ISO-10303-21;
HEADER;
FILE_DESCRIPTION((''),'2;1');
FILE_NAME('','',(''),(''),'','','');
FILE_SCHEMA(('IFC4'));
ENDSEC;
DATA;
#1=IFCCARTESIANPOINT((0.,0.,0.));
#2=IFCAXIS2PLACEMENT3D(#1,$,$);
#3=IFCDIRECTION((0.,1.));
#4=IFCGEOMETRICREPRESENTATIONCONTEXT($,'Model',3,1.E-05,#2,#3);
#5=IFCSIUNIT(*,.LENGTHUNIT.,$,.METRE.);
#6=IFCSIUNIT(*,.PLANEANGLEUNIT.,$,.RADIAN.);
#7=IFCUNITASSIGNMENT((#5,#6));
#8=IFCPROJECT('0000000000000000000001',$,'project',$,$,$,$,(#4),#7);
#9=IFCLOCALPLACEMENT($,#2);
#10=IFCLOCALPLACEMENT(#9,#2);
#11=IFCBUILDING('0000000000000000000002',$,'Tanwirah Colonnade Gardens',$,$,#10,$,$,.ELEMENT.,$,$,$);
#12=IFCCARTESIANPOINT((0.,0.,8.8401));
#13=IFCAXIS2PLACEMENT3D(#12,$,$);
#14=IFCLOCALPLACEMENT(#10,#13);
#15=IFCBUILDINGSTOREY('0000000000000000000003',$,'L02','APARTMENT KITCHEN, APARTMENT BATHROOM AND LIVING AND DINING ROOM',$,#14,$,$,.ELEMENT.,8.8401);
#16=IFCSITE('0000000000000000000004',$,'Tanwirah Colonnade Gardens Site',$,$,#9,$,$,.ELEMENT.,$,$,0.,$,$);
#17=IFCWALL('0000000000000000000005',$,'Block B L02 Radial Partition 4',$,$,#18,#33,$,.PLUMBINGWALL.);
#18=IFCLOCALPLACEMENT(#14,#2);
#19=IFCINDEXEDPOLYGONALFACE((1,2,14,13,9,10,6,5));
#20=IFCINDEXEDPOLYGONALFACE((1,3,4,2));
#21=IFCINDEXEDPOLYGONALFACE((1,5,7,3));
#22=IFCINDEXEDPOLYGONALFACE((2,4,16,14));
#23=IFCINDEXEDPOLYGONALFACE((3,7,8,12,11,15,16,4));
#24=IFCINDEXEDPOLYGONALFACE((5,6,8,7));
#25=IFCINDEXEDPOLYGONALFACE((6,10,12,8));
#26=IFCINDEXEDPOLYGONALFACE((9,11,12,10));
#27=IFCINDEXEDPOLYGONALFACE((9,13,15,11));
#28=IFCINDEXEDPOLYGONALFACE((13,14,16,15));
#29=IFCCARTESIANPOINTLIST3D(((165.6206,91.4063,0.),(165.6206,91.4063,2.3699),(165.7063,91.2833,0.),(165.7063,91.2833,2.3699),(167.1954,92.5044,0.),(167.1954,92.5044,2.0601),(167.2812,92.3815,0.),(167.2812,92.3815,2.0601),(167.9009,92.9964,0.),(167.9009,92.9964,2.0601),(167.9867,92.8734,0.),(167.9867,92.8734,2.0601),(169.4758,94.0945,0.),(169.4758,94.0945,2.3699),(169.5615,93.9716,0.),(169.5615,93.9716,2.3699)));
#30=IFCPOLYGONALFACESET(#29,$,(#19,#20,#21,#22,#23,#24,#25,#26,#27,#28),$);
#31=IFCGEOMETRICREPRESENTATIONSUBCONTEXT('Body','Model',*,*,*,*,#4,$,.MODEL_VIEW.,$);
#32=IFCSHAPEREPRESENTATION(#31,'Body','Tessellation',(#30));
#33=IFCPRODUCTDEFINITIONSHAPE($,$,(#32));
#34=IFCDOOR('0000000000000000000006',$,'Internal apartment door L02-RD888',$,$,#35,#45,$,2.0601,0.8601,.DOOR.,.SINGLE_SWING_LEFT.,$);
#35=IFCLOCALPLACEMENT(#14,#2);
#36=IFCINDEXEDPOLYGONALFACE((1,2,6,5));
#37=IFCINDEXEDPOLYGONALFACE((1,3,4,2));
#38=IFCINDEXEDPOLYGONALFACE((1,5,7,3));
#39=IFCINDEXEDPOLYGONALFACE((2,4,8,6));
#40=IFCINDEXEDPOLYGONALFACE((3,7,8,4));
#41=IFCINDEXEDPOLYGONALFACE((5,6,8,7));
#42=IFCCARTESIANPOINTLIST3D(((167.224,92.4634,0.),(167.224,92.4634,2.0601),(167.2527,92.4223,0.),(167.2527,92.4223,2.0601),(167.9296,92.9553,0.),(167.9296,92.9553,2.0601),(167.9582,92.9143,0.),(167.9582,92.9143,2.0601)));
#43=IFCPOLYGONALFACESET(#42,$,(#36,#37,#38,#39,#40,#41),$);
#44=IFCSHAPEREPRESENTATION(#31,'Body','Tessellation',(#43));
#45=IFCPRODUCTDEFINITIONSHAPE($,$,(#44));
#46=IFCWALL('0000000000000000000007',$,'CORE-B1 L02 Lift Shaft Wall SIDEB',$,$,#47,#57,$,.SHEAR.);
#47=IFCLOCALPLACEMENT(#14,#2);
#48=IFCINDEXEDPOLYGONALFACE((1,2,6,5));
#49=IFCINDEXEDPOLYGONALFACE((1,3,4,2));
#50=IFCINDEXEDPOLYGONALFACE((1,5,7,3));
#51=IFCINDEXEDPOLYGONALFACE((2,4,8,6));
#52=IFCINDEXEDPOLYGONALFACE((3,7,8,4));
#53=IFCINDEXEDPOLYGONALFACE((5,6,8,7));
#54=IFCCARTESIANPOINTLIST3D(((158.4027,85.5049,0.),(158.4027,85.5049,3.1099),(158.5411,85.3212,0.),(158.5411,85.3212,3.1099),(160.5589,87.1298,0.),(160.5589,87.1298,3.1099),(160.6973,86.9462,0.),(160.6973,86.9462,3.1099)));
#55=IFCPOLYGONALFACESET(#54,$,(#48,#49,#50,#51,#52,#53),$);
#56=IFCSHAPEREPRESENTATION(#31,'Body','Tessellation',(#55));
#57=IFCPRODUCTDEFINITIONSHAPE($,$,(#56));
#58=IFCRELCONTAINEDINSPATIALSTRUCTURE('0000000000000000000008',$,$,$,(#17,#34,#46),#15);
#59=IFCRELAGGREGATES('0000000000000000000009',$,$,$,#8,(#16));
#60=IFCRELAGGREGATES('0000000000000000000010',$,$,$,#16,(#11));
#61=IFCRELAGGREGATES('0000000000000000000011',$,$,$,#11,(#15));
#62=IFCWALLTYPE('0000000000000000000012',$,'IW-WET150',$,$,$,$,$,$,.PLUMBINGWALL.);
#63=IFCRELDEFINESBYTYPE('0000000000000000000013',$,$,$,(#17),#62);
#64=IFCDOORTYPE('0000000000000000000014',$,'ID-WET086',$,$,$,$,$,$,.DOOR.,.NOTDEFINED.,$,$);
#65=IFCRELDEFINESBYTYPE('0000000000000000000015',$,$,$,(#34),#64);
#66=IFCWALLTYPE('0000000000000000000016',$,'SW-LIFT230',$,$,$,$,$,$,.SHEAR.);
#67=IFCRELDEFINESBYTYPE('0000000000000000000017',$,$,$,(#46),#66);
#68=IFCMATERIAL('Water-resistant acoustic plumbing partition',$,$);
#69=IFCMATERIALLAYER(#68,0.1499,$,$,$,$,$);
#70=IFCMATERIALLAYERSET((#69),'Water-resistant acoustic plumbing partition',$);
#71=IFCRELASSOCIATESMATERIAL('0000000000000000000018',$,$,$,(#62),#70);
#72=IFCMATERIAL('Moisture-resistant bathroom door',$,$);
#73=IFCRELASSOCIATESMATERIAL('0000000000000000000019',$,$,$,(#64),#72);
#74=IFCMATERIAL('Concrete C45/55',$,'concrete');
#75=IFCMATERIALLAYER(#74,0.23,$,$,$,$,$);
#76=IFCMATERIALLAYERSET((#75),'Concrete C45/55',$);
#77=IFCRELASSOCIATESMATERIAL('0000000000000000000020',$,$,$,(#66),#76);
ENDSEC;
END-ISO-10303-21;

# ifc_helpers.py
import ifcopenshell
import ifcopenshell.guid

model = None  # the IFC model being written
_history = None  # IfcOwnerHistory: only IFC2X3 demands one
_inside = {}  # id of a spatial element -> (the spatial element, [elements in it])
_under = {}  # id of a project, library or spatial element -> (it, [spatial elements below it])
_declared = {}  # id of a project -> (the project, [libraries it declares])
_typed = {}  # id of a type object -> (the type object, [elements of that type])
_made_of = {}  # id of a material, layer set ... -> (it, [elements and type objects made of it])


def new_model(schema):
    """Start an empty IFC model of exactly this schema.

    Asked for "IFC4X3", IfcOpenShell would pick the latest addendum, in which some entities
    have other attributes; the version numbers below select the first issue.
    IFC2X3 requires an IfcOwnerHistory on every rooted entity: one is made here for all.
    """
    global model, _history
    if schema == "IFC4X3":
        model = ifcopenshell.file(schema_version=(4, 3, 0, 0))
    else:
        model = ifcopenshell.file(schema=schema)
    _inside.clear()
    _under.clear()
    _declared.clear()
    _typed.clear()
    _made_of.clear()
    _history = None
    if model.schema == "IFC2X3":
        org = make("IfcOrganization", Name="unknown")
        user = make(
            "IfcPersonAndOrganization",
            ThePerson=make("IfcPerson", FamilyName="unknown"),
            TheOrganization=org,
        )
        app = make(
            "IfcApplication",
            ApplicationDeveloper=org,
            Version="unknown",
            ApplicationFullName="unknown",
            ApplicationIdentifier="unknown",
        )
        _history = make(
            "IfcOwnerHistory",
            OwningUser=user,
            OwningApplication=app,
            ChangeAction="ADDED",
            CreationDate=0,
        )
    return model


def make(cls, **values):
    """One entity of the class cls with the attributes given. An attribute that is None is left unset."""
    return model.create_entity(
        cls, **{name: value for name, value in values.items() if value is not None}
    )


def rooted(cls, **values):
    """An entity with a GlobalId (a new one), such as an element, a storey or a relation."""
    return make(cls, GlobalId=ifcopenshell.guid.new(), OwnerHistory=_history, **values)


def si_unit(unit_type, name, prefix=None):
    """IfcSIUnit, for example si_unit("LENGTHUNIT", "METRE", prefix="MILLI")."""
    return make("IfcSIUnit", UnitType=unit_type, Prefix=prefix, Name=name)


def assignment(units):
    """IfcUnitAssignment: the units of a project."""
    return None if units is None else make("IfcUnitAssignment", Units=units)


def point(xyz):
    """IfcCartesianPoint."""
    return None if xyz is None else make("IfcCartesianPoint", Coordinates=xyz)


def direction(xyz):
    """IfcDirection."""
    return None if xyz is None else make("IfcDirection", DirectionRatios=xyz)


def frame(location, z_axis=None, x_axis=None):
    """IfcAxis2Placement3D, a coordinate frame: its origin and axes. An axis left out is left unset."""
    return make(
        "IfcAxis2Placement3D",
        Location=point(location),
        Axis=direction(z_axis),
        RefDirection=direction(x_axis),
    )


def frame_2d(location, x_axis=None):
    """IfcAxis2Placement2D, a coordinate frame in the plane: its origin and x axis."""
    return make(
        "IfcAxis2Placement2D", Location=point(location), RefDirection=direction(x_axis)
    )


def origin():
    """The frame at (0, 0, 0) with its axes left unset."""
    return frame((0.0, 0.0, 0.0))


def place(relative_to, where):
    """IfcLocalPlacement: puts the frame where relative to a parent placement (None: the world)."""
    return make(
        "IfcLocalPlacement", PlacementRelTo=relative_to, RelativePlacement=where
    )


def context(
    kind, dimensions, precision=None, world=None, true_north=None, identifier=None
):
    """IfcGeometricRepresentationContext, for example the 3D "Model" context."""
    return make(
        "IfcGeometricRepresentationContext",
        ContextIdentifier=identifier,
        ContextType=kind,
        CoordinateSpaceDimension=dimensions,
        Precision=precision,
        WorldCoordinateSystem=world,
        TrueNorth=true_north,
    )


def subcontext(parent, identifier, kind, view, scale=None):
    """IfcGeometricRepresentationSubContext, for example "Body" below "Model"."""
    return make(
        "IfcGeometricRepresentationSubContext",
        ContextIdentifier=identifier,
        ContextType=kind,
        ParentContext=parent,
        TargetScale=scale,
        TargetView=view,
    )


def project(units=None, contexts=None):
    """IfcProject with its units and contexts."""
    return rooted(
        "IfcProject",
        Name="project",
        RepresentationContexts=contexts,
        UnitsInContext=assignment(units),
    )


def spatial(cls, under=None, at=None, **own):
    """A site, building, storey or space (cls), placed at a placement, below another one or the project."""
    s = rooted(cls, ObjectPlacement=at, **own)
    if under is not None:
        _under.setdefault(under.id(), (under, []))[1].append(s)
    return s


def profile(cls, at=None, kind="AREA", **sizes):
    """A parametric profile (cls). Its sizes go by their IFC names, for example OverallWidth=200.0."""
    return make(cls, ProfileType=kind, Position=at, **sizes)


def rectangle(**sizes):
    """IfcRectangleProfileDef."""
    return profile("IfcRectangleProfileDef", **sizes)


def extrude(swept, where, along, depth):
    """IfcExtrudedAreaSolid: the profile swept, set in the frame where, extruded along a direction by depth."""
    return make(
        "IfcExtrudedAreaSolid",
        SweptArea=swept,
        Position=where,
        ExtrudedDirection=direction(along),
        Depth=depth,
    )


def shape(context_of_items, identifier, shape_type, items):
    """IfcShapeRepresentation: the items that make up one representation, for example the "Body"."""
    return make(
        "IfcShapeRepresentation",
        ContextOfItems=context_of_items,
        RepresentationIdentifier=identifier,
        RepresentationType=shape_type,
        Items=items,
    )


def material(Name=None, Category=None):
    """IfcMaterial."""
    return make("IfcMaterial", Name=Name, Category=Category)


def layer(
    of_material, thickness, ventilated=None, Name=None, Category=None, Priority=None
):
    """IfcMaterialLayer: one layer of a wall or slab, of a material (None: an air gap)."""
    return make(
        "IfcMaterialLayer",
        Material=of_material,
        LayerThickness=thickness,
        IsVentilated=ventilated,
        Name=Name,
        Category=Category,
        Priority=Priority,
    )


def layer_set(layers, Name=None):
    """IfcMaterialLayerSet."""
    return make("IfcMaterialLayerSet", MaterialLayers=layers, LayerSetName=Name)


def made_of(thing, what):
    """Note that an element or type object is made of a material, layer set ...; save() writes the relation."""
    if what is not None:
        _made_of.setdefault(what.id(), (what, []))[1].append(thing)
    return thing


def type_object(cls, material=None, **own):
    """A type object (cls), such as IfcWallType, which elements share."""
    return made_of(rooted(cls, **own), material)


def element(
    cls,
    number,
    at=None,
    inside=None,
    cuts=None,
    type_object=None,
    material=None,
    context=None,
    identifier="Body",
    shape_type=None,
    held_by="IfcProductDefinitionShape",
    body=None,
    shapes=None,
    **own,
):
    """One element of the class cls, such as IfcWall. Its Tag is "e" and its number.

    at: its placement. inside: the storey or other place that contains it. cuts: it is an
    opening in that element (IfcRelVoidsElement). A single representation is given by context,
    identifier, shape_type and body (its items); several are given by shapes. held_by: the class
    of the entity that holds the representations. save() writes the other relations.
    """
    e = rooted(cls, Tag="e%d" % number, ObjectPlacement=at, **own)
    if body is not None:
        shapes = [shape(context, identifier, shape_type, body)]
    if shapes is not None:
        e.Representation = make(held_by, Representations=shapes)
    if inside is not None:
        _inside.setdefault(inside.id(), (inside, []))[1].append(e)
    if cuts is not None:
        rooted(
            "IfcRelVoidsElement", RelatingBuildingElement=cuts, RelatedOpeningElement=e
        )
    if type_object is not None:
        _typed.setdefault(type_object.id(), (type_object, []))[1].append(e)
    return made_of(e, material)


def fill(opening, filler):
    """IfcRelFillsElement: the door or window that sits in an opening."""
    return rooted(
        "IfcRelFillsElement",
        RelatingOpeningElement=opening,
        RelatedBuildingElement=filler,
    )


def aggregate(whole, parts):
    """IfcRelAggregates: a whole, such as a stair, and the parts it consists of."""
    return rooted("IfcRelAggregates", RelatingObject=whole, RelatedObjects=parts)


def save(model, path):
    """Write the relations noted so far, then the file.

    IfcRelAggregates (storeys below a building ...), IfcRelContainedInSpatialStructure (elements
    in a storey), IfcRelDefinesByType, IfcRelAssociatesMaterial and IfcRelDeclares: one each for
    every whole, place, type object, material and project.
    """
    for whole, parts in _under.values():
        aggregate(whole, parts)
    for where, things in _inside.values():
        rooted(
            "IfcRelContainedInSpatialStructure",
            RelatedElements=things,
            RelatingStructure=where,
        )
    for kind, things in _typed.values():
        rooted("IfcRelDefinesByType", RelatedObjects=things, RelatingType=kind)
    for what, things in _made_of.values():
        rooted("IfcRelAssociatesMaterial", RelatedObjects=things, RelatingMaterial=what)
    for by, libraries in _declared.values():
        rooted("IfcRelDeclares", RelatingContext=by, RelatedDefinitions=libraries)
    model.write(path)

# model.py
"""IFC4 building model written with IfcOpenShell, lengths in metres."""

from ifc_helpers import new_model, si_unit, direction, frame, frame_2d, origin, place, context, subcontext, project, spatial, rectangle, extrude, material, layer, layer_set, type_object, element, fill, save


model = new_model("IFC4")

# Units and contexts
model_context = context("Model", 3, precision=1e-05, world=origin(), true_north=direction((0.0, 1.0)))
body_context = subcontext(model_context, "Body", "Model", "MODEL_VIEW")
ifc_project = project(units=[si_unit("LENGTHUNIT", "METRE"), si_unit("PLANEANGLEUNIT", "RADIAN")], contexts=[model_context])

# Site, building, storey
site_placement = place(None, origin())
site = spatial("IfcSite", under=ifc_project, at=site_placement, Name="Tanwirah Colonnade Gardens Site", CompositionType="ELEMENT", RefElevation=0.0)
building_placement = place(site_placement, origin())
building = spatial("IfcBuilding", under=site, at=building_placement, Name="Tanwirah Colonnade Gardens", CompositionType="ELEMENT")
storey_placement = place(building_placement, frame((0.0, 0.0, 8.8401)))
storey = spatial("IfcBuildingStorey", under=building, at=storey_placement, Name="L02", Description="APARTMENT KITCHEN, APARTMENT BATHROOM AND LIVING AND DINING ROOM", CompositionType="ELEMENT", Elevation=8.8401)

# Wall, opening, door
ifc_material_1 = material(Name="Water-resistant acoustic plumbing partition")
ifc_layer_1 = layer(ifc_material_1, 0.1499)
ifc_layer_set_1 = layer_set([ifc_layer_1], Name="Water-resistant acoustic plumbing partition")
wall_type_1 = type_object("IfcWallType", Name="IW-WET150", PredefinedType="PLUMBINGWALL", material=ifc_layer_set_1)
wall_1_placement = place(storey_placement, frame((165.6633, 91.3447, 0.0), z_axis=(0.0, 0.0, 1.0), x_axis=(0.820273, 0.571973, 0.0)))
wall_1 = element("IfcWall", 1, at=wall_1_placement, inside=storey, type_object=wall_type_1, Name="Block B L02 Radial Partition 4", PredefinedType="PLUMBINGWALL", context=body_context, shape_type="SweptSolid", body=[
    extrude(rectangle(XDim=4.7, YDim=0.1499, at=frame_2d((2.3501, 0.0))), origin(), (0.0, 0.0, 1.0), 2.3699),
])
opening_1_placement = place(wall_1_placement, frame((1.9199, 0.0, 0.0)))
opening_1 = element("IfcOpeningElement", 2, at=opening_1_placement, cuts=wall_1, PredefinedType="OPENING", context=body_context, shape_type="SweptSolid", body=[
    extrude(rectangle(XDim=0.8601, YDim=2.0601, at=frame_2d((0.4302, 1.03))), frame((0.0, 0.085, 0.0), z_axis=(0.0, -1.0, 0.0), x_axis=(1.0, 0.0, 0.0)), (0.0, 0.0, 1.0), 0.1699),
])
ifc_material_2 = material(Name="Moisture-resistant bathroom door")
door_type_1 = type_object("IfcDoorType", Name="ID-WET086", OperationType="NOTDEFINED", PredefinedType="DOOR", material=ifc_material_2)
door_1_placement = place(opening_1_placement, origin())
door_1 = element("IfcDoor", 3, at=door_1_placement, inside=storey, type_object=door_type_1, Name="Internal apartment door L02-RD888", OperationType="SINGLE_SWING_LEFT", OverallHeight=2.0601, OverallWidth=0.8601, PredefinedType="DOOR", context=body_context, shape_type="SweptSolid", body=[
    extrude(rectangle(XDim=0.8601, YDim=2.0601, at=frame_2d((0.4302, 1.03))), frame((0.0, 0.0249, 0.0), z_axis=(0.0, -1.0, 0.0), x_axis=(1.0, 0.0, 0.0)), (0.0, 0.0, 1.0), 0.05),
])
fill(opening_1, door_1)

# Wall
ifc_material_3 = material(Name="Concrete C45/55", Category="concrete")
ifc_layer_2 = layer(ifc_material_3, 0.23)
ifc_layer_set_2 = layer_set([ifc_layer_2], Name="Concrete C45/55")
wall_type_2 = type_object("IfcWallType", Name="SW-LIFT230", PredefinedType="SHEAR", material=ifc_layer_set_2)
wall_2_placement = place(storey_placement, frame((160.6282, 87.0381, 0.0), z_axis=(0.0, 0.0, 1.0), x_axis=(-0.798609, -0.60185, 0.0)))
element("IfcWall", 4, at=wall_2_placement, inside=storey, type_object=wall_type_2, Name="CORE-B1 L02 Lift Shaft Wall SIDEB", PredefinedType="SHEAR", context=body_context, shape_type="SweptSolid", body=[
    extrude(rectangle(XDim=2.7, YDim=0.23, at=frame_2d((1.3501, 0.0))), origin(), (0.0, 0.0, 1.0), 3.1099),
])

save(model, "model.ifc")
